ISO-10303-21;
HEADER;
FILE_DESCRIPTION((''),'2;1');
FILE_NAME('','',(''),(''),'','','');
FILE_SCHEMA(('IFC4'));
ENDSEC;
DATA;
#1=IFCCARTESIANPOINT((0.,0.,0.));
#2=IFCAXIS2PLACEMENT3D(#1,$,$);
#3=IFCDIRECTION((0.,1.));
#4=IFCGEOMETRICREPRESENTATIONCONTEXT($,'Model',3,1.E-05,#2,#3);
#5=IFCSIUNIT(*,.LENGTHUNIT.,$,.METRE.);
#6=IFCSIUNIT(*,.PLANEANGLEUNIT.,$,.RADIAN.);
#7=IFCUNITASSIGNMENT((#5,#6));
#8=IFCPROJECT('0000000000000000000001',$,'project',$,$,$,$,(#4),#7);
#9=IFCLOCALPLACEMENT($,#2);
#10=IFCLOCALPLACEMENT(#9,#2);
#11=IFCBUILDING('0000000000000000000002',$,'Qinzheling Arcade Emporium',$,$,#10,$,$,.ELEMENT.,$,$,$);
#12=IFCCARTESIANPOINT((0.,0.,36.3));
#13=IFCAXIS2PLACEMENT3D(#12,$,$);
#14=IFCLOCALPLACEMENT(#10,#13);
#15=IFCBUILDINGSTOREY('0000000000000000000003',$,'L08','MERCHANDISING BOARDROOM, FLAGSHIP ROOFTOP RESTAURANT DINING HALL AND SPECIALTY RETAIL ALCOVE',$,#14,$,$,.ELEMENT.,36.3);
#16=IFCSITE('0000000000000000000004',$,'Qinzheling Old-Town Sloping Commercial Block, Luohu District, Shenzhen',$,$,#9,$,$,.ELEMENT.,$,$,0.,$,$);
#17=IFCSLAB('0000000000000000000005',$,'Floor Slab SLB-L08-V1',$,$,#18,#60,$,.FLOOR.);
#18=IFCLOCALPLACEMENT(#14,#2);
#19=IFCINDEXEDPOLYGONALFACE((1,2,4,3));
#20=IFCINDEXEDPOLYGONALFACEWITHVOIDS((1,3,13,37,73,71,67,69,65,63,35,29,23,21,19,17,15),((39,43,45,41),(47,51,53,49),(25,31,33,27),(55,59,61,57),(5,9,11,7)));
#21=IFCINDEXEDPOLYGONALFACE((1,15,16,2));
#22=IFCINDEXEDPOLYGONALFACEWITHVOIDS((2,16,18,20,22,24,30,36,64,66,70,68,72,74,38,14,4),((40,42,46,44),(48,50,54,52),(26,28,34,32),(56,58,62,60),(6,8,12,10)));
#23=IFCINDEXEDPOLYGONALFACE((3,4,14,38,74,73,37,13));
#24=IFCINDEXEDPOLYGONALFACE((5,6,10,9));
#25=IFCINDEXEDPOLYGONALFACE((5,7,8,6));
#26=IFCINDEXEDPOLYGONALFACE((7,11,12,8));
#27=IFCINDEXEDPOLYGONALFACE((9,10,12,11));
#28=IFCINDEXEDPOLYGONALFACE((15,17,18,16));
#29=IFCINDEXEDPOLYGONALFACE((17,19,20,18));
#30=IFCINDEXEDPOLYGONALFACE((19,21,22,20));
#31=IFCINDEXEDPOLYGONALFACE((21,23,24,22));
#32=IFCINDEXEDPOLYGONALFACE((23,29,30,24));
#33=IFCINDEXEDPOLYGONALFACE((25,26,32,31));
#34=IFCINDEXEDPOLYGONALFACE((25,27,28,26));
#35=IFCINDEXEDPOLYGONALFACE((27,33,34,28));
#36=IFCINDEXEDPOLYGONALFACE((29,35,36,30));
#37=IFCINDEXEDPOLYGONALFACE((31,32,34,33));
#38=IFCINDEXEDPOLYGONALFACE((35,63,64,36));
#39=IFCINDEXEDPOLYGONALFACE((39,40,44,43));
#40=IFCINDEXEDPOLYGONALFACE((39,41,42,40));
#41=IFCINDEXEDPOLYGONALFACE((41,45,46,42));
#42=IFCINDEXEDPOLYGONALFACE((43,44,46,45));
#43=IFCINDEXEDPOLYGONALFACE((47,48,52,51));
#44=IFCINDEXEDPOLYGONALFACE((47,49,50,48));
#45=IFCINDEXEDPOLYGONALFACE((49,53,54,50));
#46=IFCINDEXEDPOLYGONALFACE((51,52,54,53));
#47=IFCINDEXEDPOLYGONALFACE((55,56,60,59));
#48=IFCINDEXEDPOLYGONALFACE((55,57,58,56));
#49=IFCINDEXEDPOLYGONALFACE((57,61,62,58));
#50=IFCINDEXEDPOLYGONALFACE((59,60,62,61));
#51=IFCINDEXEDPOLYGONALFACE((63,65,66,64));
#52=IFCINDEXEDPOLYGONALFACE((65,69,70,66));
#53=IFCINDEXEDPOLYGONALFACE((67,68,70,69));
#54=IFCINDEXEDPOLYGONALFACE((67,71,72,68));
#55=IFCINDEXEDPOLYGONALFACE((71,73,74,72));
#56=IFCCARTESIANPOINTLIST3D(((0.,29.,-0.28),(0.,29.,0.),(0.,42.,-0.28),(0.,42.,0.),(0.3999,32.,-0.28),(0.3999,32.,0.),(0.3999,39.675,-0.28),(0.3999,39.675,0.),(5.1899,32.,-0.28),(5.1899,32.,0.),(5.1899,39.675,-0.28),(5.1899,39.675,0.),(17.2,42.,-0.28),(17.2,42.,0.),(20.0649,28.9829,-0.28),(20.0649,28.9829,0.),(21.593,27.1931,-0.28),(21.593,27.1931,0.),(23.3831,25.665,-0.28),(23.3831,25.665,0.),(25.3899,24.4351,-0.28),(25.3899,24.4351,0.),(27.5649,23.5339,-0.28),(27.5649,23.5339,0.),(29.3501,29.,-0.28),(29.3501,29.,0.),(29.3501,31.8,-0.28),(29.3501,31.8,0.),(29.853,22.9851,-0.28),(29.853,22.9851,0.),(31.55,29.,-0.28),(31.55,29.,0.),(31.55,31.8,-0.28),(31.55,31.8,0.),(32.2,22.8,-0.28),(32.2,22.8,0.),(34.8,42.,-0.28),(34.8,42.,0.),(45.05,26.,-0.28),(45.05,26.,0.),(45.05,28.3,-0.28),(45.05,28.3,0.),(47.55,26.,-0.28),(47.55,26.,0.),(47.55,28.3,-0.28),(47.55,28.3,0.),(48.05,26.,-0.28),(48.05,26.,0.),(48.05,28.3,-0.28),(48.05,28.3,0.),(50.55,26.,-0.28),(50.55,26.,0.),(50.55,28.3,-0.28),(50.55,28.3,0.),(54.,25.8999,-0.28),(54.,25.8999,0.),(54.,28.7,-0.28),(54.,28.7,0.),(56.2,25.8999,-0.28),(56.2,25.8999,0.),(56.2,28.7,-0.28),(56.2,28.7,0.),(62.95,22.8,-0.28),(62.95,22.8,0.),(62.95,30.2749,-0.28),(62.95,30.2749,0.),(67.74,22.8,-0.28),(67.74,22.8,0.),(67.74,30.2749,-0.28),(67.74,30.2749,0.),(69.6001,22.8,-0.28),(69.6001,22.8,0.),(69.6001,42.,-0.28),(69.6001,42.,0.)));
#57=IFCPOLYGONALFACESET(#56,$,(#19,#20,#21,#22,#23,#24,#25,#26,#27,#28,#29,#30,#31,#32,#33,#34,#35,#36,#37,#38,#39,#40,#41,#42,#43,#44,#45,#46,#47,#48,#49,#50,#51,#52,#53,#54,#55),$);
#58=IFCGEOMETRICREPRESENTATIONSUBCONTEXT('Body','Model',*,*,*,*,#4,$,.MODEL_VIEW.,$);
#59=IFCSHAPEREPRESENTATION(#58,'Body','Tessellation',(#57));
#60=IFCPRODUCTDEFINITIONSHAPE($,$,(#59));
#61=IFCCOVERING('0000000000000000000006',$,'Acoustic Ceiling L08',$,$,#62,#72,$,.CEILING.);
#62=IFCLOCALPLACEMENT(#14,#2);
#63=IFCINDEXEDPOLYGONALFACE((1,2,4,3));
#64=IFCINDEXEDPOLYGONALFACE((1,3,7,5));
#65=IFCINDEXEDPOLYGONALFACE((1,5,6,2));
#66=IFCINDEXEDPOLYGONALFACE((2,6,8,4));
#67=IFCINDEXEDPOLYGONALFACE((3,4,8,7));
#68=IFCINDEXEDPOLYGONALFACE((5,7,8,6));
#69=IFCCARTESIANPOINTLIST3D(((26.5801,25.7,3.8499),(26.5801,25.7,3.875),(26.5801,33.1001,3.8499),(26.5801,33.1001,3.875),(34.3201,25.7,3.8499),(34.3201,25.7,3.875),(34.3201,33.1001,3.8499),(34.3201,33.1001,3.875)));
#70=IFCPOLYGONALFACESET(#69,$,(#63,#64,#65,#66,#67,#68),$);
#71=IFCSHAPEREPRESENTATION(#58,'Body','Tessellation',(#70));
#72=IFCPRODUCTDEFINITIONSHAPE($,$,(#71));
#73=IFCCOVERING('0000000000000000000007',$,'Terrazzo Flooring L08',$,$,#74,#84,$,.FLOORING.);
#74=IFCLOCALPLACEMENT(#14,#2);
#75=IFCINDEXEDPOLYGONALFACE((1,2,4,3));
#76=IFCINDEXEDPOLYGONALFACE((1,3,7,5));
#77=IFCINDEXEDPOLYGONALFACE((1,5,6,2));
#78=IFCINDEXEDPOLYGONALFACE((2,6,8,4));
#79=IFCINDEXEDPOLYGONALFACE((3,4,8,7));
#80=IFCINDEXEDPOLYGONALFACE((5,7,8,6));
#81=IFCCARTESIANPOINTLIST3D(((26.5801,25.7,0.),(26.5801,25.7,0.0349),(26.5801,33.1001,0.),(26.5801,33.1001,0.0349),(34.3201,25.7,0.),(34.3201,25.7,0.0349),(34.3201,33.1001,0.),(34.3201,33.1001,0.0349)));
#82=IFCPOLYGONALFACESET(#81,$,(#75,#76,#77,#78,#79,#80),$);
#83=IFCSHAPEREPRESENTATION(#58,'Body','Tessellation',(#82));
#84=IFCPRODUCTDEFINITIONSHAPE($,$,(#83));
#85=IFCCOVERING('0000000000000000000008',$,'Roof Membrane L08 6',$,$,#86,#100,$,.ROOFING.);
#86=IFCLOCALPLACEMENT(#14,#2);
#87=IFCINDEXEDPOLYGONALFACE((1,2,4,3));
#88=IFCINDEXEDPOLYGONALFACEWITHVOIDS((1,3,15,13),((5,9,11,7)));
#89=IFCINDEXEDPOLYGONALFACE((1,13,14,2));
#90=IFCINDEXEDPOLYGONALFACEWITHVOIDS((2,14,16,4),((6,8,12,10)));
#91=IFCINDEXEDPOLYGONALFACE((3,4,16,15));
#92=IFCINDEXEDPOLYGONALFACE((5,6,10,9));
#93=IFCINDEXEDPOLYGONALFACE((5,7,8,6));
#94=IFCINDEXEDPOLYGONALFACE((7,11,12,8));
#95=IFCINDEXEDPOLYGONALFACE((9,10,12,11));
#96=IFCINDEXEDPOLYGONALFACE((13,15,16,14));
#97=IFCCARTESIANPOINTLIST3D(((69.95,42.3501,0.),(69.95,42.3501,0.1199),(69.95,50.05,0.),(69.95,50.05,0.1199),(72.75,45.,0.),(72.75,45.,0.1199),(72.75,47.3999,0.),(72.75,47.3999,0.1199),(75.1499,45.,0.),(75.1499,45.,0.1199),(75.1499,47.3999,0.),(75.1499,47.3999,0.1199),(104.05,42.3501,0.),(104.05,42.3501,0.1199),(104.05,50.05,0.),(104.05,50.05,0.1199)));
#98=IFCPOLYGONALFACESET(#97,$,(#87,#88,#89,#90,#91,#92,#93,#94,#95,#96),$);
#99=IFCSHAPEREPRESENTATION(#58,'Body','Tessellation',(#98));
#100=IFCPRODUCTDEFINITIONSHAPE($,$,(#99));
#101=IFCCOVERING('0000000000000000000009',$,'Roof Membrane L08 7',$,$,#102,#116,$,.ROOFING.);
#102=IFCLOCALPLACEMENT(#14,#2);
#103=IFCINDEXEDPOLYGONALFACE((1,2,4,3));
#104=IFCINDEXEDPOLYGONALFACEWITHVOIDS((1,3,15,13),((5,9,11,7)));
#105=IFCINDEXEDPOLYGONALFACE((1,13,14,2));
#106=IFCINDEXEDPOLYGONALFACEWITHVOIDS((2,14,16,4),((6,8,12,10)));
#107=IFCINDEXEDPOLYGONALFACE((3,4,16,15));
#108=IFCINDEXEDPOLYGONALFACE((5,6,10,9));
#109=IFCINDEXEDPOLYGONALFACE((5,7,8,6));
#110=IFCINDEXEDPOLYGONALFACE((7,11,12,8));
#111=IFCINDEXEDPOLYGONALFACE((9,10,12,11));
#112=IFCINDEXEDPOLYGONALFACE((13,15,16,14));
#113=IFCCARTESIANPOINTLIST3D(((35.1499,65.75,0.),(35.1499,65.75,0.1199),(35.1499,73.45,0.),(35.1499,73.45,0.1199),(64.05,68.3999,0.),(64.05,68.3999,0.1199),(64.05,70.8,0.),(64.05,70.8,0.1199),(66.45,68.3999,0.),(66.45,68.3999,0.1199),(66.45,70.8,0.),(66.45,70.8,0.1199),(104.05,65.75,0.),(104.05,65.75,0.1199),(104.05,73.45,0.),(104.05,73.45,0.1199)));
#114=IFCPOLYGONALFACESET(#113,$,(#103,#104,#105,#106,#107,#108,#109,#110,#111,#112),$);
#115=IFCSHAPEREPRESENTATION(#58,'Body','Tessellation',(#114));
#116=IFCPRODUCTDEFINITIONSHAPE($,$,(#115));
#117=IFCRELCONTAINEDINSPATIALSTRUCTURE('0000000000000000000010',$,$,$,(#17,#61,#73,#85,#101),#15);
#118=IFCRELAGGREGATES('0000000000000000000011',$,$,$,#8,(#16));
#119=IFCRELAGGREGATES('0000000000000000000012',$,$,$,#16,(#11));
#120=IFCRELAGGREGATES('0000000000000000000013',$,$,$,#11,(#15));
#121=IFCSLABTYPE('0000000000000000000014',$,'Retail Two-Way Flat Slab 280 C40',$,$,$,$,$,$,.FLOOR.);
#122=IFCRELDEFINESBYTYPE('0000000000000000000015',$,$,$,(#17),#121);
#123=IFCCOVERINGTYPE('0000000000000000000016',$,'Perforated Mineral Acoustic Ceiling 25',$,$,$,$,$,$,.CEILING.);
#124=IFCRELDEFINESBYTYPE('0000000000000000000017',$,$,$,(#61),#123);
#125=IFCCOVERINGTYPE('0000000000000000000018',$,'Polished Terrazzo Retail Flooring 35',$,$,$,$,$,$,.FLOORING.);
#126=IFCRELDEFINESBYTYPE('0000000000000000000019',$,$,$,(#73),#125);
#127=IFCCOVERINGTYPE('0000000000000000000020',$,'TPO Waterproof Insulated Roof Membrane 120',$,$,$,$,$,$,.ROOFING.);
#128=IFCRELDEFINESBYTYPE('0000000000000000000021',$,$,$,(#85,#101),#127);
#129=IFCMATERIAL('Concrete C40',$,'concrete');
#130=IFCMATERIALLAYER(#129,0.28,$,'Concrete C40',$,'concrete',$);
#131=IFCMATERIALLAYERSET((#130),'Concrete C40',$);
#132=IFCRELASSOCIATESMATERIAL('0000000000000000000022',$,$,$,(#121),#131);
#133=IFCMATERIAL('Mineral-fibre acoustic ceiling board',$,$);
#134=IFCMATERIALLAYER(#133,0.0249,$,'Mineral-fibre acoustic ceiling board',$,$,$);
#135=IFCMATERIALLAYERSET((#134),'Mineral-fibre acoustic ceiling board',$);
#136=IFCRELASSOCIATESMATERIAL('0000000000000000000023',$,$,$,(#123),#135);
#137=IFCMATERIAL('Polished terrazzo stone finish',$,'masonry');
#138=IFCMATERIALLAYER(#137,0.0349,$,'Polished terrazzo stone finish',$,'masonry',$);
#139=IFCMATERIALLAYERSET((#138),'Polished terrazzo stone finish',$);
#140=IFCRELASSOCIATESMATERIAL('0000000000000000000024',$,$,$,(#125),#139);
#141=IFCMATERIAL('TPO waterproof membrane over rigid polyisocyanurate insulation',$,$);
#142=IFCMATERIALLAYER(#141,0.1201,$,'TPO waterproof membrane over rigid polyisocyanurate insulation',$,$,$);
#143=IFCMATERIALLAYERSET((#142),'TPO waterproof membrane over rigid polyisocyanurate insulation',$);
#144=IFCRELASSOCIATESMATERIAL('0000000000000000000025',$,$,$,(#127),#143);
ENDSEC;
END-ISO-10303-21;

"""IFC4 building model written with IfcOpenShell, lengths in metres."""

from ifc_helpers import new_model, si_unit, direction, frame, origin, place, context, subcontext, project, spatial, polyline, outline, extrude, material, layer, layer_set, type_object, element, save


model = new_model("IFC4")

# Units and contexts
model_context = context("Model", 3, precision=1e-05, world=origin(), true_north=direction((0.0, 1.0)))
body_context = subcontext(model_context, "Body", "Model", "MODEL_VIEW")
ifc_project = project(units=[si_unit("LENGTHUNIT", "METRE"), si_unit("PLANEANGLEUNIT", "RADIAN")], contexts=[model_context])

# Site, building, storey
site_placement = place(None, origin())
site = spatial("IfcSite", under=ifc_project, at=site_placement, Name="Qinzheling Old-Town Sloping Commercial Block, Luohu District, Shenzhen", CompositionType="ELEMENT", RefElevation=0.0)
building_placement = place(site_placement, origin())
building = spatial("IfcBuilding", under=site, at=building_placement, Name="Qinzheling Arcade Emporium", CompositionType="ELEMENT")
storey_placement = place(building_placement, frame((0.0, 0.0, 36.3)))
storey = spatial("IfcBuildingStorey", under=building, at=storey_placement, Name="L08", Description="MERCHANDISING BOARDROOM, FLAGSHIP ROOFTOP RESTAURANT DINING HALL AND SPECIALTY RETAIL ALCOVE", CompositionType="ELEMENT", Elevation=36.3)

# Shared definitions
ifc_material_1 = material(Name="Concrete C40", Category="concrete")

# Slab
ifc_layer_1 = layer(ifc_material_1, 0.28, Name="Concrete C40", Category="concrete")
ifc_layer_set_1 = layer_set([ifc_layer_1], Name="Concrete C40")
slab_type_1 = type_object("IfcSlabType", Name="Retail Two-Way Flat Slab 280 C40", PredefinedType="FLOOR", material=ifc_layer_set_1)
slab_1_placement = place(storey_placement, frame((0.0, 0.0, -0.28)))
element("IfcSlab", 1, at=slab_1_placement, inside=storey, type_object=slab_type_1, Name="Floor Slab SLB-L08-V1", PredefinedType="FLOOR", context=body_context, shape_type="SweptSolid", body=[
    extrude(outline(polyline([(34.8, 42.0), (17.2, 42.0), (0.0, 42.0), (0.0, 29.0), (20.0649, 28.9829), (21.593, 27.1931), (23.3831, 25.665), (25.3899, 24.4351), (27.5649, 23.5339), (29.853, 22.9851), (32.2, 22.8), (62.95, 22.8), (62.95, 30.2749), (67.74, 30.2749), (67.74, 22.8), (69.6001, 22.8), (69.6001, 42.0), (34.8, 42.0)]), holes=[polyline([(56.2, 28.7), (56.2, 25.8999), (54.0, 25.8999), (54.0, 28.7), (56.2, 28.7)]), polyline([(50.55, 28.3), (50.55, 26.0), (48.05, 26.0), (48.05, 28.3), (50.55, 28.3)]), polyline([(47.55, 28.3), (47.55, 26.0), (45.05, 26.0), (45.05, 28.3), (47.55, 28.3)]), polyline([(31.55, 31.8), (31.55, 29.0), (29.3501, 29.0), (29.3501, 31.8), (31.55, 31.8)]), polyline([(5.1899, 39.675), (5.1899, 32.0), (0.3999, 32.0), (0.3999, 39.675), (5.1899, 39.675)])]), origin(), (0.0, 0.0, 1.0), 0.28),
])

# Coverings
ifc_material_2 = material(Name="Mineral-fibre acoustic ceiling board")
ifc_layer_2 = layer(ifc_material_2, 0.0249, Name="Mineral-fibre acoustic ceiling board")
ifc_layer_set_2 = layer_set([ifc_layer_2], Name="Mineral-fibre acoustic ceiling board")
covering_type_1 = type_object("IfcCoveringType", Name="Perforated Mineral Acoustic Ceiling 25", PredefinedType="CEILING", material=ifc_layer_set_2)
covering_1_placement = place(storey_placement, frame((0.0, 0.0, 3.8499)))
element("IfcCovering", 2, at=covering_1_placement, inside=storey, type_object=covering_type_1, Name="Acoustic Ceiling L08", PredefinedType="CEILING", context=body_context, shape_type="SweptSolid", body=[
    extrude(outline(polyline([(26.5801, 25.7), (34.3201, 25.7), (34.3201, 33.1001), (26.5801, 33.1001), (26.5801, 25.7)])), origin(), (0.0, 0.0, 1.0), 0.0251),
])
ifc_material_3 = material(Name="Polished terrazzo stone finish", Category="masonry")
ifc_layer_3 = layer(ifc_material_3, 0.0349, Name="Polished terrazzo stone finish", Category="masonry")
ifc_layer_set_3 = layer_set([ifc_layer_3], Name="Polished terrazzo stone finish")
covering_type_2 = type_object("IfcCoveringType", Name="Polished Terrazzo Retail Flooring 35", PredefinedType="FLOORING", material=ifc_layer_set_3)
covering_2_placement = place(storey_placement, origin())
element("IfcCovering", 3, at=covering_2_placement, inside=storey, type_object=covering_type_2, Name="Terrazzo Flooring L08", PredefinedType="FLOORING", context=body_context, shape_type="SweptSolid", body=[
    extrude(outline(polyline([(26.5801, 25.7), (34.3201, 25.7), (34.3201, 33.1001), (26.5801, 33.1001), (26.5801, 25.7)])), origin(), (0.0, 0.0, 1.0), 0.0349),
])
ifc_material_4 = material(Name="TPO waterproof membrane over rigid polyisocyanurate insulation")
ifc_layer_4 = layer(ifc_material_4, 0.1201, Name="TPO waterproof membrane over rigid polyisocyanurate insulation")
ifc_layer_set_4 = layer_set([ifc_layer_4], Name="TPO waterproof membrane over rigid polyisocyanurate insulation")
covering_type_3 = type_object("IfcCoveringType", Name="TPO Waterproof Insulated Roof Membrane 120", PredefinedType="ROOFING", material=ifc_layer_set_4)
covering_3_placement = place(storey_placement, origin())
element("IfcCovering", 4, at=covering_3_placement, inside=storey, type_object=covering_type_3, Name="Roof Membrane L08 6", PredefinedType="ROOFING", context=body_context, shape_type="SweptSolid", body=[
    extrude(outline(polyline([(69.95, 42.3501), (69.95, 50.05), (104.05, 50.05), (104.05, 42.3501), (69.95, 42.3501)]), holes=[polyline([(75.1499, 47.3999), (72.75, 47.3999), (72.75, 45.0), (75.1499, 45.0), (75.1499, 47.3999)])]), origin(), (0.0, 0.0, 1.0), 0.1199),
])
covering_4_placement = place(storey_placement, origin())
element("IfcCovering", 5, at=covering_4_placement, inside=storey, type_object=covering_type_3, Name="Roof Membrane L08 7", PredefinedType="ROOFING", context=body_context, shape_type="SweptSolid", body=[
    extrude(outline(polyline([(35.1499, 65.75), (35.1499, 73.45), (104.05, 73.45), (104.05, 65.75), (35.1499, 65.75)]), holes=[polyline([(66.45, 70.8), (64.05, 70.8), (64.05, 68.3999), (66.45, 68.3999), (66.45, 70.8)])]), origin(), (0.0, 0.0, 1.0), 0.1199),
])

save(model, "model.ifc")
